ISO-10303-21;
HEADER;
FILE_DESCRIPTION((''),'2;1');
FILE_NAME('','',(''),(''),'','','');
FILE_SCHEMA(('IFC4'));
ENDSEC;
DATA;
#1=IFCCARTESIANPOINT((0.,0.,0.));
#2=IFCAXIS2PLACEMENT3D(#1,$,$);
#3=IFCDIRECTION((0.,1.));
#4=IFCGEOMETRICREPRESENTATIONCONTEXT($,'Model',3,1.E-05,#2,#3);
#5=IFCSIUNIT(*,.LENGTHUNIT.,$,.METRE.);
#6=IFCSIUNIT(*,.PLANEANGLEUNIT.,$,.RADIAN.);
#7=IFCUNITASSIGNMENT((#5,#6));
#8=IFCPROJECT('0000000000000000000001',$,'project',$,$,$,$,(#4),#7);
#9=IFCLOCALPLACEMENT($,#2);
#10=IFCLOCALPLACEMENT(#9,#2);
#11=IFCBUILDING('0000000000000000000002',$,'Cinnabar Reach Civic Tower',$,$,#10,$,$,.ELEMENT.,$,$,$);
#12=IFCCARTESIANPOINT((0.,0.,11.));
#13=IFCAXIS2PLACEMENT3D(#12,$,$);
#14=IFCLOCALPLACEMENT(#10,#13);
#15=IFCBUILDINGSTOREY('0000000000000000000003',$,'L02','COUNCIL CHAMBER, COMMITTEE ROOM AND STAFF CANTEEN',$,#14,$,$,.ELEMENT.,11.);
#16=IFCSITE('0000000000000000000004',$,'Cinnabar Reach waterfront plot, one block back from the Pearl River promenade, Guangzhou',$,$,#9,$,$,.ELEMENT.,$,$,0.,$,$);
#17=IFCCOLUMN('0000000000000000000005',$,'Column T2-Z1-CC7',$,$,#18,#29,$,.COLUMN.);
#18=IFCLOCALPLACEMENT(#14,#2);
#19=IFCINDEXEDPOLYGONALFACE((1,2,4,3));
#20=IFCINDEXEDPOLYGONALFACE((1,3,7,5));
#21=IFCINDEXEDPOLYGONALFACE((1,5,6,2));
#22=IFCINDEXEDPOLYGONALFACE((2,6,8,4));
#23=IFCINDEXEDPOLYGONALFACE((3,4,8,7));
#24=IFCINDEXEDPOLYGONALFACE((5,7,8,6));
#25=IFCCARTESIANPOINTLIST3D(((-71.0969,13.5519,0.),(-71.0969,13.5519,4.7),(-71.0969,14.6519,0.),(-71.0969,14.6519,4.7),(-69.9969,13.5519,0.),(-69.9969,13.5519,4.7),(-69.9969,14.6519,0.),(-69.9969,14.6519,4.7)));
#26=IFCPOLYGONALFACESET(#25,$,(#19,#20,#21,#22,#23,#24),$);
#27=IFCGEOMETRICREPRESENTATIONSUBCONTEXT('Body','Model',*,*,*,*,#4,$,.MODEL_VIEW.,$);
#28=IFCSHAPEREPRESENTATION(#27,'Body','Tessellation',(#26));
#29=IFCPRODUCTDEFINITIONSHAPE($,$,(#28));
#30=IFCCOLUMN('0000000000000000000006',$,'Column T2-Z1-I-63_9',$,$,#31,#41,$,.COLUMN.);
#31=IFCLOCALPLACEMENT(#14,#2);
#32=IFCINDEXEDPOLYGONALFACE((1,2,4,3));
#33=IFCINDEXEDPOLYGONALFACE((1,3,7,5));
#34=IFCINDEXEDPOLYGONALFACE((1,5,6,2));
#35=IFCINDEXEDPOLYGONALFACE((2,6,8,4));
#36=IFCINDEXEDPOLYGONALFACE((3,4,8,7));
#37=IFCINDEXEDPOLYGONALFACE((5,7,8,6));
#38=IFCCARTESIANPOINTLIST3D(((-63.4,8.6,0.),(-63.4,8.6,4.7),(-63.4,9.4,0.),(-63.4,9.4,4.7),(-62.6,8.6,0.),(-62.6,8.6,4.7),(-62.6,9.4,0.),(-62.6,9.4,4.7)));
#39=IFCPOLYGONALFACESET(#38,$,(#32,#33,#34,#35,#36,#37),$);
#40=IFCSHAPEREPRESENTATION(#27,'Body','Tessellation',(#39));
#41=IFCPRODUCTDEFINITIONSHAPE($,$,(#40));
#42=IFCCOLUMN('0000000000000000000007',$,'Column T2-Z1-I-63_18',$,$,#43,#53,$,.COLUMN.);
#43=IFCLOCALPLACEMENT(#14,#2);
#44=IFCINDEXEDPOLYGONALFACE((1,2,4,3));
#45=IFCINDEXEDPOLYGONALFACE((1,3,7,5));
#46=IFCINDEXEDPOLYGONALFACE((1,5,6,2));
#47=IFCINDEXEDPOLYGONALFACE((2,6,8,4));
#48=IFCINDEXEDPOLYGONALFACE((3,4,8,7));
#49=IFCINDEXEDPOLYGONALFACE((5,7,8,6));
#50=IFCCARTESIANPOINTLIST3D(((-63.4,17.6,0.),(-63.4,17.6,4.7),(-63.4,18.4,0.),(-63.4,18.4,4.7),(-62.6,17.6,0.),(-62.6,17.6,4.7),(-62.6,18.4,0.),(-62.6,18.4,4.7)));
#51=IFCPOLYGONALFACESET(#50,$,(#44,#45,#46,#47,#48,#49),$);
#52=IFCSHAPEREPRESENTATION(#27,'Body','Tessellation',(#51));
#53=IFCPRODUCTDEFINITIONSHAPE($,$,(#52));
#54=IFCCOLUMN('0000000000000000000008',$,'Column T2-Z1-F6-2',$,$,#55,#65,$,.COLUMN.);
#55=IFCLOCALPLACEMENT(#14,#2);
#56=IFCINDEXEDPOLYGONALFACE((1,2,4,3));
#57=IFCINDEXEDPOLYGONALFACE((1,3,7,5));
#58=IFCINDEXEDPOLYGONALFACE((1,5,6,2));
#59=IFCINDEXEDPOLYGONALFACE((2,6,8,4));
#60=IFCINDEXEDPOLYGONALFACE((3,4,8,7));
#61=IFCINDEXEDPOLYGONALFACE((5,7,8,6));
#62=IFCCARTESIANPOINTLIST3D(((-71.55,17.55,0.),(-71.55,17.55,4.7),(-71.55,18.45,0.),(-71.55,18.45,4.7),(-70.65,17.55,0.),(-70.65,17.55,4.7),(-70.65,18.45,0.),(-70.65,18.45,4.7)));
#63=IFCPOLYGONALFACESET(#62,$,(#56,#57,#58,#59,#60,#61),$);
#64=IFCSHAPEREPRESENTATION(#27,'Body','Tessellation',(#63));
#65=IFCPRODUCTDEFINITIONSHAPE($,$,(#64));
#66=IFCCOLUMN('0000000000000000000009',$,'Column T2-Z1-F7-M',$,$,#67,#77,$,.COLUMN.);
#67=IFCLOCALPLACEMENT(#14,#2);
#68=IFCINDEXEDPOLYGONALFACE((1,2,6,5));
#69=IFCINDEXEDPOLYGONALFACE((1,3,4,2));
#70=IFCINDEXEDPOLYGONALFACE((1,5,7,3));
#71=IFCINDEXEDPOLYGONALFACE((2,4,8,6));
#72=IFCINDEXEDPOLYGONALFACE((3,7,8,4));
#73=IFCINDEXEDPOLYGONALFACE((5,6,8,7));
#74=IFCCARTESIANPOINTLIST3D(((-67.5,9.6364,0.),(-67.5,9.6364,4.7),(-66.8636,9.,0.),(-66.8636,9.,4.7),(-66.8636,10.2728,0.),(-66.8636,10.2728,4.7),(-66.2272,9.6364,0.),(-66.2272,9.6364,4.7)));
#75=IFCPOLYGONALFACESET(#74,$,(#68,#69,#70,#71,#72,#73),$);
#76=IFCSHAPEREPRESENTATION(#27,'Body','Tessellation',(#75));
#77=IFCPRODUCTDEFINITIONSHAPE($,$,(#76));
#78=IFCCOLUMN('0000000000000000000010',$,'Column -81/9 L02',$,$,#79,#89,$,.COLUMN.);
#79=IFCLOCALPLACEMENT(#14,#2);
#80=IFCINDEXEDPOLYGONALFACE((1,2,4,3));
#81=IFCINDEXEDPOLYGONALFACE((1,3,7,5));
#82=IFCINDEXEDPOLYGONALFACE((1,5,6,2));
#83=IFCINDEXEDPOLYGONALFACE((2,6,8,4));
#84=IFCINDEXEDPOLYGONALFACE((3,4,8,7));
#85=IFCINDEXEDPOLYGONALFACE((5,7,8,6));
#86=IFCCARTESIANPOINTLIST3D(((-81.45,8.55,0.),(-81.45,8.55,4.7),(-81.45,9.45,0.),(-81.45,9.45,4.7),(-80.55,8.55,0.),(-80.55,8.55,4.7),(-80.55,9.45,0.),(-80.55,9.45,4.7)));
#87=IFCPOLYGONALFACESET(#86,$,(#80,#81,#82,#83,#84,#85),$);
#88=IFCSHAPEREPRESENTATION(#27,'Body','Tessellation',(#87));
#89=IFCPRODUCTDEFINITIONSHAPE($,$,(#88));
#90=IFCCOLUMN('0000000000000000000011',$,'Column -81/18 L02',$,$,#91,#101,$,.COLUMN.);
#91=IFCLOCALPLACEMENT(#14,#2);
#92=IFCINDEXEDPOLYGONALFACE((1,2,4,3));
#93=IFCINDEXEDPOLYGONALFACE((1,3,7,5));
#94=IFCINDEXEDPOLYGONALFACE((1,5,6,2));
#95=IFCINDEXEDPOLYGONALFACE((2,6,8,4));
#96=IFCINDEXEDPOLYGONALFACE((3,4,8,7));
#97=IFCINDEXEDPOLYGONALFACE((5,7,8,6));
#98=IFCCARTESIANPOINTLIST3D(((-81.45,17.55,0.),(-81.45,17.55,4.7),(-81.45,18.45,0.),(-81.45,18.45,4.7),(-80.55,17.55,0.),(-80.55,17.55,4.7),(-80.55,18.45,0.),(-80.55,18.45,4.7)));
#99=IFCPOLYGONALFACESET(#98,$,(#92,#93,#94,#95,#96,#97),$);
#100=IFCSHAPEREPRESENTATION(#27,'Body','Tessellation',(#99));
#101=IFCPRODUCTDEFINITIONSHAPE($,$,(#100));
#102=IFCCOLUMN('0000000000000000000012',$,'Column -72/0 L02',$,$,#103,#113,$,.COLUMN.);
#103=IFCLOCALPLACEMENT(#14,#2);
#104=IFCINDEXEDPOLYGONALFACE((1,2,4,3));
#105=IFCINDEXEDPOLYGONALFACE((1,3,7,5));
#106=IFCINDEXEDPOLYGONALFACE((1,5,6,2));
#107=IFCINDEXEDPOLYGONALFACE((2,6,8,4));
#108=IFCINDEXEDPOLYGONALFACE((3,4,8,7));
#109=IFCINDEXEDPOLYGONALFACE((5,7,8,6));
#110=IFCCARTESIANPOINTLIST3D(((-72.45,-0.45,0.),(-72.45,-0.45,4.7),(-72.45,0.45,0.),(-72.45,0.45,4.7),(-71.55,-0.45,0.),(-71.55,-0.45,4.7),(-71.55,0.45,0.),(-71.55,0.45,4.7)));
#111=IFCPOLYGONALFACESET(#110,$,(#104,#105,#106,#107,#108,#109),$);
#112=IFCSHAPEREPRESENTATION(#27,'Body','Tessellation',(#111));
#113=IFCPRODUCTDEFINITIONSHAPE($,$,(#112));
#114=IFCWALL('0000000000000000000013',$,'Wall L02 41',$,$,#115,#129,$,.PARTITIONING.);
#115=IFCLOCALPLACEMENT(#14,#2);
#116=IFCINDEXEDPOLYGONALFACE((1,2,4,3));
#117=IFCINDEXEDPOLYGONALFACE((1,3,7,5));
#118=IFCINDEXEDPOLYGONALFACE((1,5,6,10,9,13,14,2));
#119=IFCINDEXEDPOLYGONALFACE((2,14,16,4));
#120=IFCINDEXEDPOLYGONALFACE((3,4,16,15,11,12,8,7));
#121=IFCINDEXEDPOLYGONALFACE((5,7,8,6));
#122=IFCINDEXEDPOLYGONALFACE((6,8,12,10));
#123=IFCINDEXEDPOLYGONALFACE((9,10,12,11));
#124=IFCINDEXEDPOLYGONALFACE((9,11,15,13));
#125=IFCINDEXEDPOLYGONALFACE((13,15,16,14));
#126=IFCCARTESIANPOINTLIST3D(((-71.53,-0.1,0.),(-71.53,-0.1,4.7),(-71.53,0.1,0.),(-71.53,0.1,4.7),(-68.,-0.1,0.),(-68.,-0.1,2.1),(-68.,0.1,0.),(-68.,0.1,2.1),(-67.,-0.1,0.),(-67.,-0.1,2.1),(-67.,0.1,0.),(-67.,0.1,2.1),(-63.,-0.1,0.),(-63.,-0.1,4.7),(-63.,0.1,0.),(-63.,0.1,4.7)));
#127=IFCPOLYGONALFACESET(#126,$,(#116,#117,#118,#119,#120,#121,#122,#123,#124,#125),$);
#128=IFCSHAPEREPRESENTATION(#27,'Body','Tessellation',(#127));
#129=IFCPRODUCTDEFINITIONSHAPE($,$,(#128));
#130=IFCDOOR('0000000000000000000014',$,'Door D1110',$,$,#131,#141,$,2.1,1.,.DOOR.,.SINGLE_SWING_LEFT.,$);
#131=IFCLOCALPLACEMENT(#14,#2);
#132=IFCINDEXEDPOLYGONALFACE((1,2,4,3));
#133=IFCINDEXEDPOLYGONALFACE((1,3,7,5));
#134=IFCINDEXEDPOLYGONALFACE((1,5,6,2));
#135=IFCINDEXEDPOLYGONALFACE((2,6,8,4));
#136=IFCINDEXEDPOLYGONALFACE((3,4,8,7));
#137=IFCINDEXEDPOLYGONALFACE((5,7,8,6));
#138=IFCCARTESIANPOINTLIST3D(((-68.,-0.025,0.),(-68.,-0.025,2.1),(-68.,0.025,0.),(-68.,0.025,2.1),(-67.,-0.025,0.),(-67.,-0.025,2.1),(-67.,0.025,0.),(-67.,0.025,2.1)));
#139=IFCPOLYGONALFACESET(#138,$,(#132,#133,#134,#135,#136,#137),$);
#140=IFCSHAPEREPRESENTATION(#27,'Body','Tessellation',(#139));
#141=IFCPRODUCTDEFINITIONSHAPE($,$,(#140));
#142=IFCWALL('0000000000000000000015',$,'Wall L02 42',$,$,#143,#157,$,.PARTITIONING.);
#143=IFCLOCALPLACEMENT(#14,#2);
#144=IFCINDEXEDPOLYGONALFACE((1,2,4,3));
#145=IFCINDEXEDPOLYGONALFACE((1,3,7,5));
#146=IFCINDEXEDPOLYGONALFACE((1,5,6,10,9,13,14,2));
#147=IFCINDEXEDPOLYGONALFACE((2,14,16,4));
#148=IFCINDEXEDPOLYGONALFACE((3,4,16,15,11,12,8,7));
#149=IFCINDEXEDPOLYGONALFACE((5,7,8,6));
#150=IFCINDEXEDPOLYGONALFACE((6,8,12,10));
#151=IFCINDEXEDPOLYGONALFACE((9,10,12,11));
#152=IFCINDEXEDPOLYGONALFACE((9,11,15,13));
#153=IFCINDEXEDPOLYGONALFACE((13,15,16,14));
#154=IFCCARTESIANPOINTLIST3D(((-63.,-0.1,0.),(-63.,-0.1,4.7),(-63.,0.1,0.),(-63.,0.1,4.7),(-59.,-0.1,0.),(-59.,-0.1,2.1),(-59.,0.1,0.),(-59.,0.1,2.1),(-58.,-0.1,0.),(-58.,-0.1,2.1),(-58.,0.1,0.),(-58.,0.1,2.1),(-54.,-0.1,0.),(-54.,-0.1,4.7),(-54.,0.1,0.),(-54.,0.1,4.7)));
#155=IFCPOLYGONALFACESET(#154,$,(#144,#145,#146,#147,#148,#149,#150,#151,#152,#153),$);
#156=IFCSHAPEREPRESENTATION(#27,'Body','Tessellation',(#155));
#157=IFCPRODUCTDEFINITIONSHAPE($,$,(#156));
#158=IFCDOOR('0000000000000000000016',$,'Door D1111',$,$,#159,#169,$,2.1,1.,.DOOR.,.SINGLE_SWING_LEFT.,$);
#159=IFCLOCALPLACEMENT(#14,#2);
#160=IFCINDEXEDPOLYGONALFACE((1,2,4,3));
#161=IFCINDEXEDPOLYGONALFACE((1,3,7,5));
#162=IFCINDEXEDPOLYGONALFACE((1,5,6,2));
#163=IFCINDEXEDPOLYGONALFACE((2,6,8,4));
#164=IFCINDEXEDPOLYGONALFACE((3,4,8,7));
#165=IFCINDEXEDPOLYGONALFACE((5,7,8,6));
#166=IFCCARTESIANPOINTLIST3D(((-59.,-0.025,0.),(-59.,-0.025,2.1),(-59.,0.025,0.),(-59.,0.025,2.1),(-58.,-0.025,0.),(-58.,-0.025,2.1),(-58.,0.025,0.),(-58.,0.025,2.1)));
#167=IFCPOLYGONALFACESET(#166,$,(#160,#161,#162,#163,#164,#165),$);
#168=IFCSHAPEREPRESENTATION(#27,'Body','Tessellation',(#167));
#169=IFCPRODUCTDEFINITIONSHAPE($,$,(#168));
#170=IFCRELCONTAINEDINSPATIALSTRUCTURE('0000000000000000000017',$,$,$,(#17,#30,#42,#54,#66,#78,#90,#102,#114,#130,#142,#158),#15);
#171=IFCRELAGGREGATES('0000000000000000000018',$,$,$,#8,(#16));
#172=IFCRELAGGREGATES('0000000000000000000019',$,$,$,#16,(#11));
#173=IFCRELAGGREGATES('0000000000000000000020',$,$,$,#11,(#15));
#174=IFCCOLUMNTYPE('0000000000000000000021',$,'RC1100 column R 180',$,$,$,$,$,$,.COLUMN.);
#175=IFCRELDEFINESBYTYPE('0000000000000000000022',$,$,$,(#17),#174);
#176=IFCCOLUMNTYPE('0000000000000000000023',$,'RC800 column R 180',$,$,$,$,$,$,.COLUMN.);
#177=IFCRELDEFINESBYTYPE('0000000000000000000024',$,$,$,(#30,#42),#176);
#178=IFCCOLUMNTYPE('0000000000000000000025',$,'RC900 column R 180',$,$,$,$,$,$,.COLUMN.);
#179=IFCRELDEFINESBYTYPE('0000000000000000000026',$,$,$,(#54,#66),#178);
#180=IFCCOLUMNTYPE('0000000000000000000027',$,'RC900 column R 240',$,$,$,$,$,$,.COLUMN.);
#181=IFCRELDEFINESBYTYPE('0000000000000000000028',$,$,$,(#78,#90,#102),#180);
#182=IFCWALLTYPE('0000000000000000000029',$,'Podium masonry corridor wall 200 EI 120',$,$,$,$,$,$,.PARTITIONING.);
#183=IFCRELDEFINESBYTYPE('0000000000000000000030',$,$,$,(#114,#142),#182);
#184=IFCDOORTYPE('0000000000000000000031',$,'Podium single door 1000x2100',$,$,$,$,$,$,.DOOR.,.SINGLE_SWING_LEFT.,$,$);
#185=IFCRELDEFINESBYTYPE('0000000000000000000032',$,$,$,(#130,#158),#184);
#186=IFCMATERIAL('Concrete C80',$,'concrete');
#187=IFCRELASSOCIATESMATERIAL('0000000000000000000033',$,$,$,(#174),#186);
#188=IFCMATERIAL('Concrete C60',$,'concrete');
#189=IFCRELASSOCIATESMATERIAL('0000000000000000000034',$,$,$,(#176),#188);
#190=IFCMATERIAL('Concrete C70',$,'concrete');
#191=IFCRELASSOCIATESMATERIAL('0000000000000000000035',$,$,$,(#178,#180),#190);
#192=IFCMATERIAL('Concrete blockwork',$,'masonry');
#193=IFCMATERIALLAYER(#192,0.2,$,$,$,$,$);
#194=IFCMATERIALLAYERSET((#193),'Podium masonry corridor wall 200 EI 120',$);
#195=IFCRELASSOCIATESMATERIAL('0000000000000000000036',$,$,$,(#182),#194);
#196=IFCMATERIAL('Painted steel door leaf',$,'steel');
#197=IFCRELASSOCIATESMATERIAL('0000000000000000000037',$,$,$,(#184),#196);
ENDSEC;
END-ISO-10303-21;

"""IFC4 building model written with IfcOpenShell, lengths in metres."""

from ifc_helpers import new_model, si_unit, direction, frame, frame_2d, origin, origin_2d, place, context, subcontext, project, spatial, rectangle, extrude, material, layer, layer_set, material_profile, profile_set, type_object, element, fill, save


model = new_model("IFC4")

# Units and contexts
model_context = context("Model", 3, precision=1e-05, world=origin(), true_north=direction((0.0, 1.0)))
body_context = subcontext(model_context, "Body", "Model", "MODEL_VIEW")
ifc_project = project(units=[si_unit("LENGTHUNIT", "METRE"), si_unit("PLANEANGLEUNIT", "RADIAN")], contexts=[model_context])

# Site, building, storey
site_placement = place(None, origin())
site = spatial("IfcSite", under=ifc_project, at=site_placement, Name="Cinnabar Reach waterfront plot, one block back from the Pearl River promenade, Guangzhou", CompositionType="ELEMENT", RefElevation=0.0)
building_placement = place(site_placement, origin())
building = spatial("IfcBuilding", under=site, at=building_placement, Name="Cinnabar Reach Civic Tower", CompositionType="ELEMENT")
storey_placement = place(building_placement, frame((0.0, 0.0, 11.0)))
storey = spatial("IfcBuildingStorey", under=building, at=storey_placement, Name="L02", Description="COUNCIL CHAMBER, COMMITTEE ROOM AND STAFF CANTEEN", CompositionType="ELEMENT", Elevation=11.0)

# Columns
ifc_material_1 = material(Name="Concrete C80", Category="concrete")
ifc_material_profile_1 = material_profile(ifc_material_1, rectangle(XDim=1.1, YDim=1.1, at=origin_2d()), Name="RC1100")
ifc_profile_set_1 = profile_set([ifc_material_profile_1], Name="Concrete C80")
column_type_1 = type_object("IfcColumnType", Name="RC1100 column R 180", PredefinedType="COLUMN", material=ifc_profile_set_1)
column_placement = place(storey_placement, frame((-70.5469, 14.1019, 0.0), z_axis=(0.0, 0.0, 1.0), x_axis=(1.0, 0.0, 0.0)))
element("IfcColumn", 1, at=column_placement, inside=storey, type_object=column_type_1, Name="Column T2-Z1-CC7", PredefinedType="COLUMN", context=body_context, shape_type="SweptSolid", body=[
    extrude(rectangle(XDim=1.1, YDim=1.1, at=origin_2d()), origin(), (0.0, 0.0, 1.0), 4.7),
])
ifc_material_2 = material(Name="Concrete C60", Category="concrete")
ifc_material_profile_2 = material_profile(ifc_material_2, rectangle(XDim=0.8, YDim=0.8, at=origin_2d()), Name="RC800")
ifc_profile_set_2 = profile_set([ifc_material_profile_2], Name="Concrete C60")
column_type_2 = type_object("IfcColumnType", Name="RC800 column R 180", PredefinedType="COLUMN", material=ifc_profile_set_2)
for number, where, z_axis, x_axis, name in (
    (2, (-63.0, 9.0, 0.0), (0.0, 0.0, 1.0), (1.0, 0.0, 0.0), "Column T2-Z1-I-63_9"),
    (3, (-63.0, 18.0, 0.0), (0.0, 0.0, 1.0), (1.0, 0.0, 0.0), "Column T2-Z1-I-63_18"),
):
    element("IfcColumn", number, at=place(storey_placement, frame(where, z_axis=z_axis, x_axis=x_axis)), inside=storey, type_object=column_type_2, Name=name, PredefinedType="COLUMN", context=body_context, shape_type="SweptSolid", body=[
        extrude(rectangle(XDim=0.8, YDim=0.8, at=origin_2d()), origin(), (0.0, 0.0, 1.0), 4.7),
    ])
ifc_material_3 = material(Name="Concrete C70", Category="concrete")
ifc_material_profile_3 = material_profile(ifc_material_3, rectangle(XDim=0.9, YDim=0.9, at=origin_2d()), Name="RC900")
ifc_profile_set_3 = profile_set([ifc_material_profile_3], Name="Concrete C70")
column_type_3 = type_object("IfcColumnType", Name="RC900 column R 180", PredefinedType="COLUMN", material=ifc_profile_set_3)
for number, where, z_axis, x_axis, name in (
    (4, (-71.1, 18.0, 0.0), (0.0, 0.0, 1.0), (1.0, 0.0, 0.0), "Column T2-Z1-F6-2"),
    (5, (-66.8636, 9.6364, 0.0), (0.0, 0.0, 1.0), (0.707107, 0.707107, 0.0), "Column T2-Z1-F7-M"),
):
    element("IfcColumn", number, at=place(storey_placement, frame(where, z_axis=z_axis, x_axis=x_axis)), inside=storey, type_object=column_type_3, Name=name, PredefinedType="COLUMN", context=body_context, shape_type="SweptSolid", body=[
        extrude(rectangle(XDim=0.9, YDim=0.9, at=origin_2d()), origin(), (0.0, 0.0, 1.0), 4.7),
    ])
ifc_material_profile_4 = material_profile(ifc_material_3, rectangle(XDim=0.9, YDim=0.9, at=origin_2d()), Name="RC900")
ifc_profile_set_4 = profile_set([ifc_material_profile_4], Name="Concrete C70")
column_type_4 = type_object("IfcColumnType", Name="RC900 column R 240", PredefinedType="COLUMN", material=ifc_profile_set_4)
for number, where, z_axis, x_axis, name in (
    (6, (-81.0, 9.0, 0.0), (0.0, 0.0, 1.0), (1.0, 0.0, 0.0), "Column -81/9 L02"),
    (7, (-81.0, 18.0, 0.0), (0.0, 0.0, 1.0), (1.0, 0.0, 0.0), "Column -81/18 L02"),
    (8, (-72.0, 0.0, 0.0), (0.0, 0.0, 1.0), (1.0, 0.0, 0.0), "Column -72/0 L02"),
):
    element("IfcColumn", number, at=place(storey_placement, frame(where, z_axis=z_axis, x_axis=x_axis)), inside=storey, type_object=column_type_4, Name=name, PredefinedType="COLUMN", context=body_context, shape_type="SweptSolid", body=[
        extrude(rectangle(XDim=0.9, YDim=0.9, at=origin_2d()), origin(), (0.0, 0.0, 1.0), 4.7),
    ])

# Walls, openings, doors
ifc_material_4 = material(Name="Concrete blockwork", Category="masonry")
ifc_layer_1 = layer(ifc_material_4, 0.2)
ifc_layer_set_1 = layer_set([ifc_layer_1], Name="Podium masonry corridor wall 200 EI 120")
wall_type_1 = type_object("IfcWallType", Name="Podium masonry corridor wall 200 EI 120", PredefinedType="PARTITIONING", material=ifc_layer_set_1)
wall_1_placement = place(storey_placement, frame((-71.53, 0.0, 0.0), z_axis=(0.0, 0.0, 1.0), x_axis=(1.0, 0.0, 0.0)))
wall_1 = element("IfcWall", 9, at=wall_1_placement, inside=storey, type_object=wall_type_1, Name="Wall L02 41", PredefinedType="PARTITIONING", context=body_context, shape_type="SweptSolid", body=[
    extrude(rectangle(XDim=8.53, YDim=0.2, at=frame_2d((4.265, 0.0))), origin(), (0.0, 0.0, 1.0), 4.7),
])
opening_1_placement = place(wall_1_placement, frame((3.53, 0.0, 0.0)))
opening_1 = element("IfcOpeningElement", 10, at=opening_1_placement, cuts=wall_1, PredefinedType="OPENING", context=body_context, shape_type="SweptSolid", body=[
    extrude(rectangle(XDim=1.0, YDim=2.1, at=frame_2d((0.5, 1.05))), frame((0.0, 0.11, 0.0), z_axis=(0.0, -1.0, 0.0), x_axis=(1.0, 0.0, 0.0)), (0.0, 0.0, 1.0), 0.22),
])
ifc_material_5 = material(Name="Painted steel door leaf", Category="steel")
door_type = type_object("IfcDoorType", Name="Podium single door 1000x2100", OperationType="SINGLE_SWING_LEFT", PredefinedType="DOOR", material=ifc_material_5)
door_1_placement = place(opening_1_placement, frame((1.0, 0.0, 0.0), z_axis=(0.0, 0.0, 1.0), x_axis=(-1.0, 0.0, 0.0)))
door_1 = element("IfcDoor", 11, at=door_1_placement, inside=storey, type_object=door_type, Name="Door D1110", OperationType="SINGLE_SWING_LEFT", OverallHeight=2.1, OverallWidth=1.0, PredefinedType="DOOR", context=body_context, shape_type="SweptSolid", body=[
    extrude(rectangle(XDim=1.0, YDim=2.1, at=frame_2d((0.5, 1.05))), frame((0.0, 0.025, 0.0), z_axis=(0.0, -1.0, 0.0), x_axis=(1.0, 0.0, 0.0)), (0.0, 0.0, 1.0), 0.05),
])
fill(opening_1, door_1)
wall_2_placement = place(storey_placement, frame((-63.0, 0.0, 0.0), z_axis=(0.0, 0.0, 1.0), x_axis=(1.0, 0.0, 0.0)))
wall_2 = element("IfcWall", 12, at=wall_2_placement, inside=storey, type_object=wall_type_1, Name="Wall L02 42", PredefinedType="PARTITIONING", context=body_context, shape_type="SweptSolid", body=[
    extrude(rectangle(XDim=9.0, YDim=0.2, at=frame_2d((4.5, 0.0))), origin(), (0.0, 0.0, 1.0), 4.7),
])
opening_2_placement = place(wall_2_placement, frame((4.0, 0.0, 0.0)))
opening_2 = element("IfcOpeningElement", 13, at=opening_2_placement, cuts=wall_2, PredefinedType="OPENING", context=body_context, shape_type="SweptSolid", body=[
    extrude(rectangle(XDim=1.0, YDim=2.1, at=frame_2d((0.5, 1.05))), frame((0.0, 0.11, 0.0), z_axis=(0.0, -1.0, 0.0), x_axis=(1.0, 0.0, 0.0)), (0.0, 0.0, 1.0), 0.22),
])
door_2_placement = place(opening_2_placement, frame((1.0, 0.0, 0.0), z_axis=(0.0, 0.0, 1.0), x_axis=(-1.0, 0.0, 0.0)))
door_2 = element("IfcDoor", 14, at=door_2_placement, inside=storey, type_object=door_type, Name="Door D1111", OperationType="SINGLE_SWING_LEFT", OverallHeight=2.1, OverallWidth=1.0, PredefinedType="DOOR", context=body_context, shape_type="SweptSolid", body=[
    extrude(rectangle(XDim=1.0, YDim=2.1, at=frame_2d((0.5, 1.05))), frame((0.0, 0.025, 0.0), z_axis=(0.0, -1.0, 0.0), x_axis=(1.0, 0.0, 0.0)), (0.0, 0.0, 1.0), 0.05),
])
fill(opening_2, door_2)

save(model, "model.ifc")
